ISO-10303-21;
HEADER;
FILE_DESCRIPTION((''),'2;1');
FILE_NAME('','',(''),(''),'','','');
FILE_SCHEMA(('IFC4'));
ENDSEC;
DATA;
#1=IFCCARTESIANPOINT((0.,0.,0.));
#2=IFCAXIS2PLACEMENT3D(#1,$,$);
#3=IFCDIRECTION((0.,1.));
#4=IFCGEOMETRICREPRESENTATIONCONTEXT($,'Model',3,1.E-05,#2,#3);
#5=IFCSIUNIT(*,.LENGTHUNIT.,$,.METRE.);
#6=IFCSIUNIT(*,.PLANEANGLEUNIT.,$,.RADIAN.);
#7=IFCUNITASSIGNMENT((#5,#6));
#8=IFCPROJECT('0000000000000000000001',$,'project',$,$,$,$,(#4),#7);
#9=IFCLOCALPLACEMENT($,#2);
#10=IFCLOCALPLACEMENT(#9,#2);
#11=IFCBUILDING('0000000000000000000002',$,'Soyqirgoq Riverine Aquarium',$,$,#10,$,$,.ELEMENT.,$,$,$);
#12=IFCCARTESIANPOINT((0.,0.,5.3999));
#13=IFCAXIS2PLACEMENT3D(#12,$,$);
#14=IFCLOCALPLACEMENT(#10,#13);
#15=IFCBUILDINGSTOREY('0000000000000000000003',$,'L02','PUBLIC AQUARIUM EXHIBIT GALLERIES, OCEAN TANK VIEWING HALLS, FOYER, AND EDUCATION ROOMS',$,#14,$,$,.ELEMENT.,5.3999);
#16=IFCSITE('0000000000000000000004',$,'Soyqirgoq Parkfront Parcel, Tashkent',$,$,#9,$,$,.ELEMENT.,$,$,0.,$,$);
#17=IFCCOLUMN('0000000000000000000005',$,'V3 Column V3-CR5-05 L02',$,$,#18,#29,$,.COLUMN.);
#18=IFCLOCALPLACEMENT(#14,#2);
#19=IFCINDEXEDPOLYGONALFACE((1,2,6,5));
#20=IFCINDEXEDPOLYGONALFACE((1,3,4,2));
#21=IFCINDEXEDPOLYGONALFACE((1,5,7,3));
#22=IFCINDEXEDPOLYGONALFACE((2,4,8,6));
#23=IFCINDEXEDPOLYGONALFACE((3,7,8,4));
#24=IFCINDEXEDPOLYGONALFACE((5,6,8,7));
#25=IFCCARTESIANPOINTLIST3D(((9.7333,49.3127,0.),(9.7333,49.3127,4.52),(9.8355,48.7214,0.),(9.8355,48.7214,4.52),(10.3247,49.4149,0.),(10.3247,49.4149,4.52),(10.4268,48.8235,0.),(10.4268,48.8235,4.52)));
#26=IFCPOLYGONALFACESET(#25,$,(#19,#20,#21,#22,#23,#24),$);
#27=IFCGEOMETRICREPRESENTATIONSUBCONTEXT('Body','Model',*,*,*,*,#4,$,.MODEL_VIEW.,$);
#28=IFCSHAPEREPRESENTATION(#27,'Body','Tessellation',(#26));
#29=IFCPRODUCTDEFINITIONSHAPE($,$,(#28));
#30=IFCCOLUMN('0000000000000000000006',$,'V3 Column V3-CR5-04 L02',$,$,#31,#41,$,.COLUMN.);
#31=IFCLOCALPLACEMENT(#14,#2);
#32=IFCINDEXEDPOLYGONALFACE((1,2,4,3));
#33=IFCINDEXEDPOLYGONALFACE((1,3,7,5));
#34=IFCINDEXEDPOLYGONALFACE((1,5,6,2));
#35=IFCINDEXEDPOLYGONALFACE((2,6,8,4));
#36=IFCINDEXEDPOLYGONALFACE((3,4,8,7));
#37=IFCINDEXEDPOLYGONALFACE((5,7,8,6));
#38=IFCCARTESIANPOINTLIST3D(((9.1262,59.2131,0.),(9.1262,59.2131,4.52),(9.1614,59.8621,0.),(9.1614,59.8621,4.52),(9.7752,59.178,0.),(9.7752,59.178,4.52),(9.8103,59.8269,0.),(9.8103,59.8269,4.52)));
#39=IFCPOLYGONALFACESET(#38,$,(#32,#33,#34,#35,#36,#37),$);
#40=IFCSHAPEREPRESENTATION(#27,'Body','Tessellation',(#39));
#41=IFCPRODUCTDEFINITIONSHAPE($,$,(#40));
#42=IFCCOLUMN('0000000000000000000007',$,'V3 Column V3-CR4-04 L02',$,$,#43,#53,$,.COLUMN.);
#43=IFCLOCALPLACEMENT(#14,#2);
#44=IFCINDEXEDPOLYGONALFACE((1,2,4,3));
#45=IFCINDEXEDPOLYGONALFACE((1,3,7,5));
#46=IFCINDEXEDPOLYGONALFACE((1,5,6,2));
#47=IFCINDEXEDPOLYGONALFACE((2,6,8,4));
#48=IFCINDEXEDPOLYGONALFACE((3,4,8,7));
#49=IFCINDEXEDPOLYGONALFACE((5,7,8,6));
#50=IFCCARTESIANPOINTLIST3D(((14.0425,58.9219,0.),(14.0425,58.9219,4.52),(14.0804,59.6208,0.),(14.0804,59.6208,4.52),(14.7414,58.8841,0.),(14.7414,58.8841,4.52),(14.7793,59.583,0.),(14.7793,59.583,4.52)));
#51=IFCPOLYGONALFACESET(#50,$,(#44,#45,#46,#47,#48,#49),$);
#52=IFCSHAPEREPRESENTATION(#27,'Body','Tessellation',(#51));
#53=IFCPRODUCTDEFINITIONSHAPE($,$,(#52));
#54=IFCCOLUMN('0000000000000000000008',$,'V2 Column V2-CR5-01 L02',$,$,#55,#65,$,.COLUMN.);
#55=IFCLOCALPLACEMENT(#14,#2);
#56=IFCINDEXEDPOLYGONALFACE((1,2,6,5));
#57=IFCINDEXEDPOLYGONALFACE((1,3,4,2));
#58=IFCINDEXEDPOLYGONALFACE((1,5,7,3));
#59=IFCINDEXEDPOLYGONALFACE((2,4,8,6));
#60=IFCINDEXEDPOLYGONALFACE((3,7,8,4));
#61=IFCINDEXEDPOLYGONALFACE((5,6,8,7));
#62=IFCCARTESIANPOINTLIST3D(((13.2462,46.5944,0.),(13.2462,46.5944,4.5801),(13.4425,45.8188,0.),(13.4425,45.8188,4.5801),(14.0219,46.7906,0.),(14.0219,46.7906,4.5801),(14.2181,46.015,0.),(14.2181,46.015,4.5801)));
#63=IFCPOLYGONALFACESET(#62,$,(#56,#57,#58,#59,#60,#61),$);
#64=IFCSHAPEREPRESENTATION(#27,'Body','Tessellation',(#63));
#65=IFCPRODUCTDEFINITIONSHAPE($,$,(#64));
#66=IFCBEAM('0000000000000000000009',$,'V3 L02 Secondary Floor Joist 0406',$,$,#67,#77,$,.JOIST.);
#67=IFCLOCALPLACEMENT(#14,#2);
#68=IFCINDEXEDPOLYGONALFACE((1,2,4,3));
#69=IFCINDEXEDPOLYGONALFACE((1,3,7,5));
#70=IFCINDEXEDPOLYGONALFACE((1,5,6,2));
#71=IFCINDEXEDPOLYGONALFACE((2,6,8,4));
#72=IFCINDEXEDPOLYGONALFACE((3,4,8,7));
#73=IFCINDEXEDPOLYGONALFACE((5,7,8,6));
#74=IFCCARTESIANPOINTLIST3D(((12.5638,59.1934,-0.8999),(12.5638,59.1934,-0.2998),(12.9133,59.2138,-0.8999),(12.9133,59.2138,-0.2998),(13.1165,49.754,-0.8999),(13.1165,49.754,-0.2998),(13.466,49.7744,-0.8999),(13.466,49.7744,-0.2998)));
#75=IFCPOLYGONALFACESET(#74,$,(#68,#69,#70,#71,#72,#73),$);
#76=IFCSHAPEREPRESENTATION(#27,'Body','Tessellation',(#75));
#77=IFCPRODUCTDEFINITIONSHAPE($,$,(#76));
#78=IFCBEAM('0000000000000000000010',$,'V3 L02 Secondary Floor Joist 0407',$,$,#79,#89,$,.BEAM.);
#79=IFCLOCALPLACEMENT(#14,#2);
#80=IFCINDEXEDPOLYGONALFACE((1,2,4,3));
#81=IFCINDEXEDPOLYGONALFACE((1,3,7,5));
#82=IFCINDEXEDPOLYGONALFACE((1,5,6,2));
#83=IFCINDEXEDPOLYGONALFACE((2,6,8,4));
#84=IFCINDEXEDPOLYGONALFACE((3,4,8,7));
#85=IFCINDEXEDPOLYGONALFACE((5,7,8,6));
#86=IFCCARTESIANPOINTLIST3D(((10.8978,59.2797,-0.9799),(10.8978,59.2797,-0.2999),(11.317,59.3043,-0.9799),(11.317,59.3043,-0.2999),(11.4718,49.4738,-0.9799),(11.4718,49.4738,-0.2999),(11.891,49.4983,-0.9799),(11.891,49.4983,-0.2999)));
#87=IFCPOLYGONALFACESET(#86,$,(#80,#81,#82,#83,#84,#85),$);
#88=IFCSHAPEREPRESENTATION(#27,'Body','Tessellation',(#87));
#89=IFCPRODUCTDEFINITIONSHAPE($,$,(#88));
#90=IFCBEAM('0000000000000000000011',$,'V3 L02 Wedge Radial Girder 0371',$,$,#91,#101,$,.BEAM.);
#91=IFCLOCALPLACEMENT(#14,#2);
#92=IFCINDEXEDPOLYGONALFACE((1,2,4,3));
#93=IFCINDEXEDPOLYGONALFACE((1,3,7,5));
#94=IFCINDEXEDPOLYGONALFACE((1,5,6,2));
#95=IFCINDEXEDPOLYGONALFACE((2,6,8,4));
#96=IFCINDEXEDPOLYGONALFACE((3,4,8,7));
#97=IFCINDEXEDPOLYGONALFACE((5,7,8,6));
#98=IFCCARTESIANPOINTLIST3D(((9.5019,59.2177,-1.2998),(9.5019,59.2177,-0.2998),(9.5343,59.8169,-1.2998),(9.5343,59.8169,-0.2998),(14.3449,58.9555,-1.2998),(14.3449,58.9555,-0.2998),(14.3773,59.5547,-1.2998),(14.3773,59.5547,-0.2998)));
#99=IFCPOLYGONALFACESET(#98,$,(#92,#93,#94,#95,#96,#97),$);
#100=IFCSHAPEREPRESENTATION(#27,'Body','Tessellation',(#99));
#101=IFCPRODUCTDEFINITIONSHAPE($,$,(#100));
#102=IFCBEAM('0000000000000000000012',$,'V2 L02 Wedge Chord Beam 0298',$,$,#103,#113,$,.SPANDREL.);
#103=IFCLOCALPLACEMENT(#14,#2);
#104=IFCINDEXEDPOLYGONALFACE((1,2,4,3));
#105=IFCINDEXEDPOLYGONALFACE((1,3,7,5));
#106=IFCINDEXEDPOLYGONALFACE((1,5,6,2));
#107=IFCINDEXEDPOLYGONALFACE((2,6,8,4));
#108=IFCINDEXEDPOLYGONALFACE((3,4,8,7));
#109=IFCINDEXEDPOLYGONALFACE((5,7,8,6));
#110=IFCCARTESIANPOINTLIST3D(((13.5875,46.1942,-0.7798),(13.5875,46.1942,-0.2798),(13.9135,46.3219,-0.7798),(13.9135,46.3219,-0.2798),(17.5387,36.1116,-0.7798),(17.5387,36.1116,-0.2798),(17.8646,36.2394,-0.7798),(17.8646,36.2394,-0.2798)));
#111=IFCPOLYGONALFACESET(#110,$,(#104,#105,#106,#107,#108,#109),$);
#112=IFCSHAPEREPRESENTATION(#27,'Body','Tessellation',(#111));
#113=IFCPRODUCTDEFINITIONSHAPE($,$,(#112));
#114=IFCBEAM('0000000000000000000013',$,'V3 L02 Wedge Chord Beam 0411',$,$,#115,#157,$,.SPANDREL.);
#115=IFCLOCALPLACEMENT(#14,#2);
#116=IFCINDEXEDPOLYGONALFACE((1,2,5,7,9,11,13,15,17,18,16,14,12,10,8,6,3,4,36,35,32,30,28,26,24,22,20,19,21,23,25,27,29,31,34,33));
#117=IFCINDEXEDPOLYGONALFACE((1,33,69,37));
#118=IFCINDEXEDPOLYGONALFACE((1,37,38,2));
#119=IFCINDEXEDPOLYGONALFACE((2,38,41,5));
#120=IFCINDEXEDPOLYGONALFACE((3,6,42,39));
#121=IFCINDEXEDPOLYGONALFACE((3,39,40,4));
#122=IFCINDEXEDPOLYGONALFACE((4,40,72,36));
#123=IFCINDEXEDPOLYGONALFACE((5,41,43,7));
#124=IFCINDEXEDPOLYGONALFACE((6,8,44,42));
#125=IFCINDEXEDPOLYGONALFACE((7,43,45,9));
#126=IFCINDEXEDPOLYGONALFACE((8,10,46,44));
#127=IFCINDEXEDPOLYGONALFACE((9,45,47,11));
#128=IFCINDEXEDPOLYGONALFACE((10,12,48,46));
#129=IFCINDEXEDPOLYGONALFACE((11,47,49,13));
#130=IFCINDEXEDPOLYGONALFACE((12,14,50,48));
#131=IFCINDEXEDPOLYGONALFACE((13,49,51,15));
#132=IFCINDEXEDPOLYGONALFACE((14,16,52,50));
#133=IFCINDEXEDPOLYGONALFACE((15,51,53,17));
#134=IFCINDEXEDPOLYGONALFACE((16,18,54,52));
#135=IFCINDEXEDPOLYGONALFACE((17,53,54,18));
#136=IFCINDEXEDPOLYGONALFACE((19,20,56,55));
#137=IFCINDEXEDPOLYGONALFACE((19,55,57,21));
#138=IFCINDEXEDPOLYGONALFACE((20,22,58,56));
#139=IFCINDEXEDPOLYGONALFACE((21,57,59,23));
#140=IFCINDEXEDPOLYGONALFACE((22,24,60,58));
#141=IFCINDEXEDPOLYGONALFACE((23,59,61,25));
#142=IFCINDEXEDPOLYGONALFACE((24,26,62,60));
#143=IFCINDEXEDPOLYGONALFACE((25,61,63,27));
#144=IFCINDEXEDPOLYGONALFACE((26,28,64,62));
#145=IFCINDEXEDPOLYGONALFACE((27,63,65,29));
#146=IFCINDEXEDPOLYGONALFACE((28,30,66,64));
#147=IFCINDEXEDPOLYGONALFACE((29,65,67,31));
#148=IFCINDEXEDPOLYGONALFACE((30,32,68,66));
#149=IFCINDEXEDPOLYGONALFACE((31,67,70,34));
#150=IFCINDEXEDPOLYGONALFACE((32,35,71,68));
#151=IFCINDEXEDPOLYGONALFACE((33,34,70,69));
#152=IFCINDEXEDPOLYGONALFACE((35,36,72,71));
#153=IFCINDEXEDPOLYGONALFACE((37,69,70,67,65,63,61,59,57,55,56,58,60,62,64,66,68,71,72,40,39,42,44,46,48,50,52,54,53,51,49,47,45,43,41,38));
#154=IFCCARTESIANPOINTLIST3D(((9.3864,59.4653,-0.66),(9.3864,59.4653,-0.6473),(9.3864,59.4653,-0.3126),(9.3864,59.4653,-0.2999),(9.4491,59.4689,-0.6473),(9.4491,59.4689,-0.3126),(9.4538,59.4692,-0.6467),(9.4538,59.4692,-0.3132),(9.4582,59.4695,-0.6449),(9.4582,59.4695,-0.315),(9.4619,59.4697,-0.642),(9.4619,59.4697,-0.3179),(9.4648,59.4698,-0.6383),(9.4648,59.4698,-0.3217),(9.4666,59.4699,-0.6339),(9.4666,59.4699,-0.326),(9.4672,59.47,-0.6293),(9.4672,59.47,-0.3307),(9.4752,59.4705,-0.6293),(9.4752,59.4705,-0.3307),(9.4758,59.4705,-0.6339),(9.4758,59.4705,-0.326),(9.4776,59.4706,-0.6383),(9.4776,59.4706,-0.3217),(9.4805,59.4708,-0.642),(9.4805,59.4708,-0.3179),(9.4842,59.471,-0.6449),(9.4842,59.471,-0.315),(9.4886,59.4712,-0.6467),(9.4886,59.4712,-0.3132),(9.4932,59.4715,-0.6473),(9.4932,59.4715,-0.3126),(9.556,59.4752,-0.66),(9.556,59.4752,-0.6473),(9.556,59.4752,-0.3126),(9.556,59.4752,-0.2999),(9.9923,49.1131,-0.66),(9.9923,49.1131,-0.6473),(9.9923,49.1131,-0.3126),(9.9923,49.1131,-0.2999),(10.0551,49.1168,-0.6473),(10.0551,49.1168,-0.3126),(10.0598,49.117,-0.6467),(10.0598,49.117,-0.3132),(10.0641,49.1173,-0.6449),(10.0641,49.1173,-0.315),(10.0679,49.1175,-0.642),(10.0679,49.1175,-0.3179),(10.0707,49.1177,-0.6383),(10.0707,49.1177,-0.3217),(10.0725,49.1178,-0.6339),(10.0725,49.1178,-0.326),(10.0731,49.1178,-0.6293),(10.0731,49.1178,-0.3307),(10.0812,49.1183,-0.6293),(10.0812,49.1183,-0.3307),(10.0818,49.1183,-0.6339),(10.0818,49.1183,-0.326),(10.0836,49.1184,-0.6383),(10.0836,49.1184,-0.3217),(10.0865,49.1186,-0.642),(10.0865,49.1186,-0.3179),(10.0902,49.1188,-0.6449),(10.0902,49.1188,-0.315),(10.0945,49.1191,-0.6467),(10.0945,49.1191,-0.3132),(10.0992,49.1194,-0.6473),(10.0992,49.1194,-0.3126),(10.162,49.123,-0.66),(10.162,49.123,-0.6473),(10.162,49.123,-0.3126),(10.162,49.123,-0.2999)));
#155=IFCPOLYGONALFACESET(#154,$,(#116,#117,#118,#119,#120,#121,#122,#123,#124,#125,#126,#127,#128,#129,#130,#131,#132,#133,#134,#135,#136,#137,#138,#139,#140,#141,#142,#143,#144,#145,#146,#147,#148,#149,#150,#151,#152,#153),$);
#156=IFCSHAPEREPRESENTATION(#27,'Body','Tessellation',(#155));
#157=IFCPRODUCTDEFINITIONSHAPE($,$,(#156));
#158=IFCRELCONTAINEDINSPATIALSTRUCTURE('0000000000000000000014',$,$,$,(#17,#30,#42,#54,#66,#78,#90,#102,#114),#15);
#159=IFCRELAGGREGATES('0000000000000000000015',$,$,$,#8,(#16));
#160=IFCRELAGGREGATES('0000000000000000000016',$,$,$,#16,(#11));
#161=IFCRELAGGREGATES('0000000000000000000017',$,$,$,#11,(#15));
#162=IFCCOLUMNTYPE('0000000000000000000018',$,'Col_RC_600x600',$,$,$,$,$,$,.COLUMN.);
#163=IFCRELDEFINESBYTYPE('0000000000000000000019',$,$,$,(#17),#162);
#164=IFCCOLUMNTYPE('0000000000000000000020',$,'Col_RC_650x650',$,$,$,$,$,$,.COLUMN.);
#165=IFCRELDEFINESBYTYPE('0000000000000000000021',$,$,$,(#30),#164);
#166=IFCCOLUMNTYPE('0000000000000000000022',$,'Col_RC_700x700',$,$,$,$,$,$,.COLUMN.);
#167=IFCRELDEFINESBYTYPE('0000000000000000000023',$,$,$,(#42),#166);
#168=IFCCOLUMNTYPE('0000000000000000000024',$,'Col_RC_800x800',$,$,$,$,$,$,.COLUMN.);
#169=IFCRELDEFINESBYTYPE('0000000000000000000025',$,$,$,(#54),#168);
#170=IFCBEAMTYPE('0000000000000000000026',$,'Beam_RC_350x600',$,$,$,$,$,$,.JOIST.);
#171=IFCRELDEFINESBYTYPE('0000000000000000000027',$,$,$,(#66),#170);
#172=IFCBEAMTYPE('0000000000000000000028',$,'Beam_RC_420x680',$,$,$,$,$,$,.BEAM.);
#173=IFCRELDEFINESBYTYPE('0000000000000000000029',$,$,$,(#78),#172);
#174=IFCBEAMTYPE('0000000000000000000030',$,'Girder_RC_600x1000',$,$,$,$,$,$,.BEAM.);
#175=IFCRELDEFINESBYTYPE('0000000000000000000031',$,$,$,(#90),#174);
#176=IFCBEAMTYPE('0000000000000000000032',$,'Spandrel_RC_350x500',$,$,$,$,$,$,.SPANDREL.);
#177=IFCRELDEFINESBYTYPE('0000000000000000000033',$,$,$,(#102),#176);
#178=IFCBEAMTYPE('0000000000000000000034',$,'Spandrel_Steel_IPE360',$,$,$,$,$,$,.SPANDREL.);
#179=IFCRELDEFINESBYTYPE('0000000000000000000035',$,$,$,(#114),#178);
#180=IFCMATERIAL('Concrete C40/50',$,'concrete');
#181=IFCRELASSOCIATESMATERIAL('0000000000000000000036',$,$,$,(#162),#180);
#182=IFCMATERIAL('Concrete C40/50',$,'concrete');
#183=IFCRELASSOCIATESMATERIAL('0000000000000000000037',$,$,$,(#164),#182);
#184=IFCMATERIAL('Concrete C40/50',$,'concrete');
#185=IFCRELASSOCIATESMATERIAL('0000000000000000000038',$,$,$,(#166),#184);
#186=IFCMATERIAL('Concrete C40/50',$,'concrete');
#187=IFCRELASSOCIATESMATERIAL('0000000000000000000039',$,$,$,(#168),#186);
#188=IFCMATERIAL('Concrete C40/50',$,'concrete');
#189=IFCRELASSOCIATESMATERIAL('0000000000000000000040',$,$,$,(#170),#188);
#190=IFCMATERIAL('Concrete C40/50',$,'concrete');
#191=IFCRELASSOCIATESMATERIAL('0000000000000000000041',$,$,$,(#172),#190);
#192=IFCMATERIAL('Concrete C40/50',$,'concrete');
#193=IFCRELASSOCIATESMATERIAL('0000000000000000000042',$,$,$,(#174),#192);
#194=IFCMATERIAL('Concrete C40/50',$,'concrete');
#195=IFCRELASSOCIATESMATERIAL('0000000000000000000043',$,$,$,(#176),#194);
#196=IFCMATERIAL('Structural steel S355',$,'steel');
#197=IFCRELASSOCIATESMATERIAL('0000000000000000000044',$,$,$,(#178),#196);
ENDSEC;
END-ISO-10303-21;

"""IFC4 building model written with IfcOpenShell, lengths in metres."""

from ifc_helpers import new_model, si_unit, direction, frame, origin, origin_2d, place, context, subcontext, project, spatial, rectangle, i_section, extrude, material, material_profile, profile_set, type_object, element, save


model = new_model("IFC4")

# Units and contexts
model_context = context("Model", 3, precision=1e-05, world=origin(), true_north=direction((0.0, 1.0)))
body_context = subcontext(model_context, "Body", "Model", "MODEL_VIEW")
ifc_project = project(units=[si_unit("LENGTHUNIT", "METRE"), si_unit("PLANEANGLEUNIT", "RADIAN")], contexts=[model_context])

# Site, building, storey
site_placement = place(None, origin())
site = spatial("IfcSite", under=ifc_project, at=site_placement, Name="Soyqirgoq Parkfront Parcel, Tashkent", CompositionType="ELEMENT", RefElevation=0.0)
building_placement = place(site_placement, origin())
building = spatial("IfcBuilding", under=site, at=building_placement, Name="Soyqirgoq Riverine Aquarium", CompositionType="ELEMENT")
storey_placement = place(building_placement, frame((0.0, 0.0, 5.3999)))
storey = spatial("IfcBuildingStorey", under=building, at=storey_placement, Name="L02", Description="PUBLIC AQUARIUM EXHIBIT GALLERIES, OCEAN TANK VIEWING HALLS, FOYER, AND EDUCATION ROOMS", CompositionType="ELEMENT", Elevation=5.3999)

# Columns
ifc_material_1 = material(Name="Concrete C40/50", Category="concrete")
ifc_material_profile_1 = material_profile(ifc_material_1, rectangle(XDim=0.6001, YDim=0.6001, at=origin_2d()), Name="RC 600x600")
ifc_profile_set_1 = profile_set([ifc_material_profile_1], Name="Concrete C40/50")
column_type_1 = type_object("IfcColumnType", Name="Col_RC_600x600", PredefinedType="COLUMN", material=ifc_profile_set_1)
column_1_placement = place(storey_placement, frame((10.0801, 49.0681, 0.0), z_axis=(0.0, 0.0, 1.0), x_axis=(-0.985408, -0.170209, 0.0)))
element("IfcColumn", 1, at=column_1_placement, inside=storey, type_object=column_type_1, Name="V3 Column V3-CR5-05 L02", PredefinedType="COLUMN", context=body_context, shape_type="SweptSolid", body=[
    extrude(rectangle(XDim=0.6001, YDim=0.6001, at=origin_2d()), origin(), (0.0, 0.0, 1.0), 4.52),
])
ifc_material_2 = material(Name="Concrete C40/50", Category="concrete")
ifc_material_profile_2 = material_profile(ifc_material_2, rectangle(XDim=0.6499, YDim=0.6499, at=origin_2d()), Name="RC 650x650")
ifc_profile_set_2 = profile_set([ifc_material_profile_2], Name="Concrete C40/50")
column_type_2 = type_object("IfcColumnType", Name="Col_RC_650x650", PredefinedType="COLUMN", material=ifc_profile_set_2)
column_2_placement = place(storey_placement, frame((9.4683, 59.52, 0.0), z_axis=(0.0, 0.0, 1.0), x_axis=(-0.998537, 0.054079, 0.0)))
element("IfcColumn", 2, at=column_2_placement, inside=storey, type_object=column_type_2, Name="V3 Column V3-CR5-04 L02", PredefinedType="COLUMN", context=body_context, shape_type="SweptSolid", body=[
    extrude(rectangle(XDim=0.6499, YDim=0.6499, at=origin_2d()), origin(), (0.0, 0.0, 1.0), 4.52),
])
ifc_material_3 = material(Name="Concrete C40/50", Category="concrete")
ifc_material_profile_3 = material_profile(ifc_material_3, rectangle(XDim=0.7, YDim=0.7, at=origin_2d()), Name="RC 700x700")
ifc_profile_set_3 = profile_set([ifc_material_profile_3], Name="Concrete C40/50")
column_type_3 = type_object("IfcColumnType", Name="Col_RC_700x700", PredefinedType="COLUMN", material=ifc_profile_set_3)
column_3_placement = place(storey_placement, frame((14.4109, 59.2524, 0.0), z_axis=(0.0, 0.0, 1.0), x_axis=(-0.998537, 0.054079, 0.0)))
element("IfcColumn", 3, at=column_3_placement, inside=storey, type_object=column_type_3, Name="V3 Column V3-CR4-04 L02", PredefinedType="COLUMN", context=body_context, shape_type="SweptSolid", body=[
    extrude(rectangle(XDim=0.7, YDim=0.7, at=origin_2d()), origin(), (0.0, 0.0, 1.0), 4.52),
])
ifc_material_4 = material(Name="Concrete C40/50", Category="concrete")
ifc_material_profile_4 = material_profile(ifc_material_4, rectangle(XDim=0.8, YDim=0.8, at=origin_2d()), Name="RC 800x800")
ifc_profile_set_4 = profile_set([ifc_material_profile_4], Name="Concrete C40/50")
column_type_4 = type_object("IfcColumnType", Name="Col_RC_800x800", PredefinedType="COLUMN", material=ifc_profile_set_4)
column_4_placement = place(storey_placement, frame((13.7322, 46.3047, 0.0), z_axis=(0.0, 0.0, 1.0), x_axis=(-0.969445, -0.245307, 0.0)))
element("IfcColumn", 4, at=column_4_placement, inside=storey, type_object=column_type_4, Name="V2 Column V2-CR5-01 L02", PredefinedType="COLUMN", context=body_context, shape_type="SweptSolid", body=[
    extrude(rectangle(XDim=0.8, YDim=0.8, at=origin_2d()), origin(), (0.0, 0.0, 1.0), 4.5801),
])

# Beams
ifc_material_5 = material(Name="Concrete C40/50", Category="concrete")
ifc_material_profile_5 = material_profile(ifc_material_5, rectangle(XDim=0.3501, YDim=0.6001, at=origin_2d()), Name="RC 350x600")
ifc_profile_set_5 = profile_set([ifc_material_profile_5], Name="Concrete C40/50")
beam_type_1 = type_object("IfcBeamType", Name="Beam_RC_350x600", PredefinedType="JOIST", material=ifc_profile_set_5)
beam_1_placement = place(storey_placement, frame((12.7385, 59.2036, -0.5999), z_axis=(0.058456, -0.99829, 0.0), x_axis=(0.99829, 0.058456, 0.0)))
element("IfcBeam", 5, at=beam_1_placement, inside=storey, type_object=beam_type_1, Name="V3 L02 Secondary Floor Joist 0406", PredefinedType="JOIST", context=body_context, shape_type="SweptSolid", body=[
    extrude(rectangle(XDim=0.3501, YDim=0.6001, at=origin_2d()), origin(), (0.0, 0.0, 1.0), 9.4556),
])
ifc_material_6 = material(Name="Concrete C40/50", Category="concrete")
ifc_material_profile_6 = material_profile(ifc_material_6, rectangle(XDim=0.4199, YDim=0.6799, at=origin_2d()), Name="RC 420x680")
ifc_profile_set_6 = profile_set([ifc_material_profile_6], Name="Concrete C40/50")
beam_type_2 = type_object("IfcBeamType", Name="Beam_RC_420x680", PredefinedType="BEAM", material=ifc_profile_set_6)
beam_2_placement = place(storey_placement, frame((11.1074, 59.292, -0.6399), z_axis=(0.058434, -0.998291, 0.0), x_axis=(0.998291, 0.058434, 0.0)))
element("IfcBeam", 6, at=beam_2_placement, inside=storey, type_object=beam_type_2, Name="V3 L02 Secondary Floor Joist 0407", PredefinedType="BEAM", context=body_context, shape_type="SweptSolid", body=[
    extrude(rectangle(XDim=0.4199, YDim=0.6799, at=origin_2d()), origin(), (0.0, 0.0, 1.0), 9.8228),
])
ifc_material_7 = material(Name="Concrete C40/50", Category="concrete")
ifc_material_profile_7 = material_profile(ifc_material_7, rectangle(XDim=0.6001, YDim=1.0, at=origin_2d()), Name="RC 600x1000")
ifc_profile_set_7 = profile_set([ifc_material_profile_7], Name="Concrete C40/50")
beam_type_3 = type_object("IfcBeamType", Name="Girder_RC_600x1000", PredefinedType="BEAM", material=ifc_profile_set_7)
beam_3_placement = place(storey_placement, frame((14.3611, 59.2551, -0.7998), z_axis=(-0.998538, 0.054062, 0.0), x_axis=(-0.054062, -0.998538, 0.0)))
element("IfcBeam", 7, at=beam_3_placement, inside=storey, type_object=beam_type_3, Name="V3 L02 Wedge Radial Girder 0371", PredefinedType="BEAM", context=body_context, shape_type="SweptSolid", body=[
    extrude(rectangle(XDim=0.6001, YDim=1.0, at=origin_2d()), origin(), (0.0, 0.0, 1.0), 4.8501),
])
ifc_material_8 = material(Name="Concrete C40/50", Category="concrete")
ifc_material_profile_8 = material_profile(ifc_material_8, rectangle(XDim=0.3501, YDim=0.5, at=origin_2d()), Name="RC 350x500")
ifc_profile_set_8 = profile_set([ifc_material_profile_8], Name="Concrete C40/50")
beam_type_4 = type_object("IfcBeamType", Name="Spandrel_RC_350x500", PredefinedType="SPANDREL", material=ifc_profile_set_8)
beam_4_placement = place(storey_placement, frame((13.7505, 46.2581, -0.5298), z_axis=(0.364867, -0.93106, 0.0), x_axis=(0.93106, 0.364867, 0.0)))
element("IfcBeam", 8, at=beam_4_placement, inside=storey, type_object=beam_type_4, Name="V2 L02 Wedge Chord Beam 0298", PredefinedType="SPANDREL", context=body_context, shape_type="SweptSolid", body=[
    extrude(rectangle(XDim=0.3501, YDim=0.5, at=origin_2d()), origin(), (0.0, 0.0, 1.0), 10.8291),
])
ifc_material_9 = material(Name="Structural steel S355", Category="steel")
ifc_material_profile_9 = material_profile(ifc_material_9, i_section(OverallWidth=0.1699, OverallDepth=0.3601, WebThickness=0.0081, FlangeThickness=0.0127, FilletRadius=0.0181, at=origin_2d()), Name="IPE 360")
ifc_profile_set_9 = profile_set([ifc_material_profile_9], Name="Structural steel S355")
beam_type_5 = type_object("IfcBeamType", Name="Spandrel_Steel_IPE360", PredefinedType="SPANDREL", material=ifc_profile_set_9)
beam_5_placement = place(storey_placement, frame((9.4712, 59.4702, -0.48), z_axis=(0.058435, -0.998291, 0.0), x_axis=(0.998291, 0.058435, 0.0)))
element("IfcBeam", 9, at=beam_5_placement, inside=storey, type_object=beam_type_5, Name="V3 L02 Wedge Chord Beam 0411", PredefinedType="SPANDREL", context=body_context, shape_type="SweptSolid", body=[
    extrude(i_section(OverallWidth=0.1699, OverallDepth=0.3601, WebThickness=0.0081, FlangeThickness=0.0127, FilletRadius=0.0181, at=origin_2d()), origin(), (0.0, 0.0, 1.0), 10.3699),
])

save(model, "model.ifc")
